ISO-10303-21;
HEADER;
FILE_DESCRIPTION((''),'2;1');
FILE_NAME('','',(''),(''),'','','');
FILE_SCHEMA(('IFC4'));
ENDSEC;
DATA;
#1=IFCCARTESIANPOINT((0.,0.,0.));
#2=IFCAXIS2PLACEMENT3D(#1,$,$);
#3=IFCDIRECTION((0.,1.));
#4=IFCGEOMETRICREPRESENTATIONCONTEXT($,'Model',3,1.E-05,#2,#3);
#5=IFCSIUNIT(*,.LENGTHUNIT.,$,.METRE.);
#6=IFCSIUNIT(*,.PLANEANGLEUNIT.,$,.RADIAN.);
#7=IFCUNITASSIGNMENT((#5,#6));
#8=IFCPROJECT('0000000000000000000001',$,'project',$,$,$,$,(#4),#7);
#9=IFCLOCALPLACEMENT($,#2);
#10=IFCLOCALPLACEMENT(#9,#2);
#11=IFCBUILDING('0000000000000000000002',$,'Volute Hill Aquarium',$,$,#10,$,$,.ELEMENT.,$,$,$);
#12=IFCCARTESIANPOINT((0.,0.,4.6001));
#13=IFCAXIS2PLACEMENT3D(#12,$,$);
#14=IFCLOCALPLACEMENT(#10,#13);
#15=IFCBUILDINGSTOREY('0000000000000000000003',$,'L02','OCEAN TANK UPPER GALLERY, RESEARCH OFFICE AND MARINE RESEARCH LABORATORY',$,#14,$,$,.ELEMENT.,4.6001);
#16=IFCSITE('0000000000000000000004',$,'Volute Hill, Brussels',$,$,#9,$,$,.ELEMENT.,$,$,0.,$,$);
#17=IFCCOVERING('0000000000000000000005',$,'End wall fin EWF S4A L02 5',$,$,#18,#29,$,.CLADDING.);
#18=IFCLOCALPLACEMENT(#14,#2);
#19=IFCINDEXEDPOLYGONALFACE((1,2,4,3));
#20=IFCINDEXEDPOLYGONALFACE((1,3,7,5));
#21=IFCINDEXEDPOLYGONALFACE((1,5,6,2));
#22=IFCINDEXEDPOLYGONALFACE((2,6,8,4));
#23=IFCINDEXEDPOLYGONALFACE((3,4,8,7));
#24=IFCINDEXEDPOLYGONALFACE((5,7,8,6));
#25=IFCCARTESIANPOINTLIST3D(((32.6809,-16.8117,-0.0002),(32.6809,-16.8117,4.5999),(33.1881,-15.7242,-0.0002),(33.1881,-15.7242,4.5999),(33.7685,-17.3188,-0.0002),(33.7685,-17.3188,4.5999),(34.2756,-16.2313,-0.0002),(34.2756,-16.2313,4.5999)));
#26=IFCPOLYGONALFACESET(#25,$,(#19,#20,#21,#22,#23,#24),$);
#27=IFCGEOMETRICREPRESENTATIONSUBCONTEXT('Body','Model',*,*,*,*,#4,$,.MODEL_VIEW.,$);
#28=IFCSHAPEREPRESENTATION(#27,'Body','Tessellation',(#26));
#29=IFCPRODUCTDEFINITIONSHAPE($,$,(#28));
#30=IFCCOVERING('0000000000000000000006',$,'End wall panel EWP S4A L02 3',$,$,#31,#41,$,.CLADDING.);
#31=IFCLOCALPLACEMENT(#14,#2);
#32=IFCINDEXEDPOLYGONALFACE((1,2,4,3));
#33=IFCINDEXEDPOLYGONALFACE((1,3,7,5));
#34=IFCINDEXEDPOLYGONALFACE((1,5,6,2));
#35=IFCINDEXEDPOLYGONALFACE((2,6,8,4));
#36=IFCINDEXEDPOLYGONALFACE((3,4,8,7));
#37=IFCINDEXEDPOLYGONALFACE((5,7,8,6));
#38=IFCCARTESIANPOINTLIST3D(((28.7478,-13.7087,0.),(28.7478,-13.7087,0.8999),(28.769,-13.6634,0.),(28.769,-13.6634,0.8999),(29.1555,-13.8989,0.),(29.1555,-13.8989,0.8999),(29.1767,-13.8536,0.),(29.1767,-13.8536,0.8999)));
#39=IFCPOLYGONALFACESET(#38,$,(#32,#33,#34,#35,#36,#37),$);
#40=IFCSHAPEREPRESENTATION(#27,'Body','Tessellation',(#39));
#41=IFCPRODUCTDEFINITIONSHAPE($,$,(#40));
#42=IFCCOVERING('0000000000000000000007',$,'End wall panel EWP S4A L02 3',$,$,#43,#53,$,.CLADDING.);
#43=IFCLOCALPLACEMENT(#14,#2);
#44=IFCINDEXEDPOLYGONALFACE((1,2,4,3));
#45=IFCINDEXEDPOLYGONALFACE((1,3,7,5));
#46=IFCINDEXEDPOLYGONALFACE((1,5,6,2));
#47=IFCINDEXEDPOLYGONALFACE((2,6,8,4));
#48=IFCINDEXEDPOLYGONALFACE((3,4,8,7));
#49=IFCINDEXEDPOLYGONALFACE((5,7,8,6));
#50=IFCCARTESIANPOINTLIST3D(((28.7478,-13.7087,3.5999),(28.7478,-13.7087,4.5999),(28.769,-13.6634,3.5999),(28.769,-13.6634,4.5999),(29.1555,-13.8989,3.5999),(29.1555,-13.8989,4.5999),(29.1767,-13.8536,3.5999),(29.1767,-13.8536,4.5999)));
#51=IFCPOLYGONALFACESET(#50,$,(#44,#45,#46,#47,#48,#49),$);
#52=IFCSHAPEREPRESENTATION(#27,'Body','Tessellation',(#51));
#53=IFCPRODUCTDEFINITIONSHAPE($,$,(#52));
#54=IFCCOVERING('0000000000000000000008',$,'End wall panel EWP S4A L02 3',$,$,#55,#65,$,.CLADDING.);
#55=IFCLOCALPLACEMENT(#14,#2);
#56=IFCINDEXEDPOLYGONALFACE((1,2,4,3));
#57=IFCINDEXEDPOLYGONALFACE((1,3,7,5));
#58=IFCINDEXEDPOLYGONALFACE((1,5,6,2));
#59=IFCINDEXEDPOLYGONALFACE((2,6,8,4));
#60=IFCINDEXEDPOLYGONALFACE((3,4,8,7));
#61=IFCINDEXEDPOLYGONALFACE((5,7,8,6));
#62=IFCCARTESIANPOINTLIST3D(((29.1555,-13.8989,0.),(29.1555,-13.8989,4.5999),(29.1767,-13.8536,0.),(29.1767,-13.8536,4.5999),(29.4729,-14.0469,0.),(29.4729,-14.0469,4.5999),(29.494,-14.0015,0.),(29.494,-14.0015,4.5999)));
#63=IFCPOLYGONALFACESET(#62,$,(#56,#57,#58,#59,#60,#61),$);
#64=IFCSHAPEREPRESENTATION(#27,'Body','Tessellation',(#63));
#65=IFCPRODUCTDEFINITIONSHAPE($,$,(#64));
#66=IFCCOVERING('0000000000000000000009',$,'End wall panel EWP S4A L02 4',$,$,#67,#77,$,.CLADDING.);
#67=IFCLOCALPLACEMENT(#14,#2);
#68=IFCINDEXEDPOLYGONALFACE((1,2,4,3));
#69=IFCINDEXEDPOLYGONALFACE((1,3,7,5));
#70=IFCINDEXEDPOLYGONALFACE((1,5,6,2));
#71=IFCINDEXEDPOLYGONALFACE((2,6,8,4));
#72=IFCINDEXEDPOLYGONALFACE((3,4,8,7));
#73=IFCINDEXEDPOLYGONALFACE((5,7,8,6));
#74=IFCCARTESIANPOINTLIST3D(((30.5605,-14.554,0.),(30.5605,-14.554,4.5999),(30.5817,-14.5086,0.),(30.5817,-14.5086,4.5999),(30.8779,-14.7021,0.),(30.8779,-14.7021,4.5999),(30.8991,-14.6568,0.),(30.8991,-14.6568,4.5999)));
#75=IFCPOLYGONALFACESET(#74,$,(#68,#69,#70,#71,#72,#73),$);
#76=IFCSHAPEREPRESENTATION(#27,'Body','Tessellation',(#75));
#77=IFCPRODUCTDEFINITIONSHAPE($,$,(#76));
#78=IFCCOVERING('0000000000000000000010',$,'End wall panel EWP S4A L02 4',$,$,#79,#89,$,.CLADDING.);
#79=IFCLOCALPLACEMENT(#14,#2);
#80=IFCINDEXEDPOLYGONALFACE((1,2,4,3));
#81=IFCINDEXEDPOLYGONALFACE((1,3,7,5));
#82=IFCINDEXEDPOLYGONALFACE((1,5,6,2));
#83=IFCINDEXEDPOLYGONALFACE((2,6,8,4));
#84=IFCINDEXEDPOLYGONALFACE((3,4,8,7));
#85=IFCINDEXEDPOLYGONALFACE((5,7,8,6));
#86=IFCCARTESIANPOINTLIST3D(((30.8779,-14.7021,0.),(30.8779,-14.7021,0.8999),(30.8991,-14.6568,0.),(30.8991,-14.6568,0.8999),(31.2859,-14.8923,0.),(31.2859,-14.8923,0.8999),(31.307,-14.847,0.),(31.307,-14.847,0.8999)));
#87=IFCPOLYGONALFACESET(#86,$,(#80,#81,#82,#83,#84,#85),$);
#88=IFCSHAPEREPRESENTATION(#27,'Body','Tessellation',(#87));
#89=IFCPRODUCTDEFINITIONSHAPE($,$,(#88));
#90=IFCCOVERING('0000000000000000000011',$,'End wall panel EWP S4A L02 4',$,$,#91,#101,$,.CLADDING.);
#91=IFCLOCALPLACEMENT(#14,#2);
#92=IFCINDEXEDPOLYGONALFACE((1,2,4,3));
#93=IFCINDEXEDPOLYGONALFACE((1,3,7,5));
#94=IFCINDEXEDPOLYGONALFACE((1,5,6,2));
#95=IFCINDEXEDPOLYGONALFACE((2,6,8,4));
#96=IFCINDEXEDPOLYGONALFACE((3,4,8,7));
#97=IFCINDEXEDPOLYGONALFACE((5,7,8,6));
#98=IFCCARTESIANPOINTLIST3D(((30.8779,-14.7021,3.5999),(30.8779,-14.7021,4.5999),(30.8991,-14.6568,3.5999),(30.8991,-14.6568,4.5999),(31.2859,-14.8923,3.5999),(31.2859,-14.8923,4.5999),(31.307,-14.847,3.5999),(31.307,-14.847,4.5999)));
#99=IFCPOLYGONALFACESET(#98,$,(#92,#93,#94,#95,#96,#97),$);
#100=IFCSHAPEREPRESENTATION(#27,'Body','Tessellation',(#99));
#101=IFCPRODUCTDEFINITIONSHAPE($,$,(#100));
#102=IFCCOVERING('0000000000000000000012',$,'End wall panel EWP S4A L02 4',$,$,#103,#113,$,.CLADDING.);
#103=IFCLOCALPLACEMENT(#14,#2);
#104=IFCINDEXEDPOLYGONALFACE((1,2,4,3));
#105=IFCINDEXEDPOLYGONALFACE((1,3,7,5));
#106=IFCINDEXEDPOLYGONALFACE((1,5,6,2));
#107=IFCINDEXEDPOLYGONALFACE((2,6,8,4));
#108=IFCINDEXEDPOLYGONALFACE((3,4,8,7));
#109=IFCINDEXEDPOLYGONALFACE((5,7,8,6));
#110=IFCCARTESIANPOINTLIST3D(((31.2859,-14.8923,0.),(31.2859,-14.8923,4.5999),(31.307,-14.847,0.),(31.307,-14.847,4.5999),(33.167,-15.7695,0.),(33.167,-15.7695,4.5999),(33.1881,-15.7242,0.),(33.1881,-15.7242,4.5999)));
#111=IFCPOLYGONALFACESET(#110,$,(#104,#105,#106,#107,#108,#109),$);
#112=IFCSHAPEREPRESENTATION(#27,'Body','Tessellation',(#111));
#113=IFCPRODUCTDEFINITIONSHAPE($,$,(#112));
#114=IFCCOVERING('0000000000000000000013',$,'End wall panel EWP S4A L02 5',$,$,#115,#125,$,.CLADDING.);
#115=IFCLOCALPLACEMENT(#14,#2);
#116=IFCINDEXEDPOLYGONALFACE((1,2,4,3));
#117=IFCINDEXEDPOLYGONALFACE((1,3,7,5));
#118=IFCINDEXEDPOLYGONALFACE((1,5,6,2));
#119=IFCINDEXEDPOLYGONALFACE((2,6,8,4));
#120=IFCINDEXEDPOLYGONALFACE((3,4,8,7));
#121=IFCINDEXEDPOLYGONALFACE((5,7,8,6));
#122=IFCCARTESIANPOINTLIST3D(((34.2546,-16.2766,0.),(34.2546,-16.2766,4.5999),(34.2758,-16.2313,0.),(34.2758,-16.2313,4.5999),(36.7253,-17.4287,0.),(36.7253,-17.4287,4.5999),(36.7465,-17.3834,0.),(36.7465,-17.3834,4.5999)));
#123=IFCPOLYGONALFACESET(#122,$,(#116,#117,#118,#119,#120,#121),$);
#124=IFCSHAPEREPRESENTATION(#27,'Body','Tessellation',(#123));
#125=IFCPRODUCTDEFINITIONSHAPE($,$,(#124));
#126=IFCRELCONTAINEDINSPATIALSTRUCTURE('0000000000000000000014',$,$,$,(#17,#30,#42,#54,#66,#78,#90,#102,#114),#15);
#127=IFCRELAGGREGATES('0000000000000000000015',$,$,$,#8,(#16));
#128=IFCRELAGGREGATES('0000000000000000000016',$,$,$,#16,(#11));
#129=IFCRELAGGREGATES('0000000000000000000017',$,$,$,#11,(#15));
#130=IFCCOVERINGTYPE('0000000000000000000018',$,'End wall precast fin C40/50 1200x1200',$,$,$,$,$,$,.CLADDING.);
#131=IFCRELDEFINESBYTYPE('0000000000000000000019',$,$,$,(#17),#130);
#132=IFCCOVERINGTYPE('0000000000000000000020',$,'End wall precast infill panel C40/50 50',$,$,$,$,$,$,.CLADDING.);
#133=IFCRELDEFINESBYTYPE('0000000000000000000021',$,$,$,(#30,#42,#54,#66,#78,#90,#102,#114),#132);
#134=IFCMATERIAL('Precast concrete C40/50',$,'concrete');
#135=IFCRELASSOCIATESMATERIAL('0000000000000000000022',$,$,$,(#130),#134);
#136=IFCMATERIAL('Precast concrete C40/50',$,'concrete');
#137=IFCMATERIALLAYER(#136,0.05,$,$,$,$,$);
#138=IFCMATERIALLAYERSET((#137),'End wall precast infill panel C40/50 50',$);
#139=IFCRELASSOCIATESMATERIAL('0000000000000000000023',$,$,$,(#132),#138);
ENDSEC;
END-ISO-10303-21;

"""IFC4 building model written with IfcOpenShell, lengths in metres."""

from ifc_helpers import new_model, si_unit, direction, frame, origin, origin_2d, place, context, subcontext, project, spatial, polyline, rectangle, outline, extrude, material, layer, layer_set, type_object, element, save


model = new_model("IFC4")

# Units and contexts
model_context = context("Model", 3, precision=1e-05, world=origin(), true_north=direction((0.0, 1.0)))
body_context = subcontext(model_context, "Body", "Model", "MODEL_VIEW")
ifc_project = project(units=[si_unit("LENGTHUNIT", "METRE"), si_unit("PLANEANGLEUNIT", "RADIAN")], contexts=[model_context])

# Site, building, storey
site_placement = place(None, origin())
site = spatial("IfcSite", under=ifc_project, at=site_placement, Name="Volute Hill, Brussels", CompositionType="ELEMENT", RefElevation=0.0)
building_placement = place(site_placement, origin())
building = spatial("IfcBuilding", under=site, at=building_placement, Name="Volute Hill Aquarium", CompositionType="ELEMENT")
storey_placement = place(building_placement, frame((0.0, 0.0, 4.6001)))
storey = spatial("IfcBuildingStorey", under=building, at=storey_placement, Name="L02", Description="OCEAN TANK UPPER GALLERY, RESEARCH OFFICE AND MARINE RESEARCH LABORATORY", CompositionType="ELEMENT", Elevation=4.6001)

# Coverings
ifc_material_1 = material(Name="Precast concrete C40/50", Category="concrete")
covering_type_1 = type_object("IfcCoveringType", Name="End wall precast fin C40/50 1200x1200", PredefinedType="CLADDING", material=ifc_material_1)
for number, where, z_axis, x_axis, name in (
    (1, (33.4783, -16.5215, -0.0002), (0.0, 0.0, 1.0), (0.906309, -0.422616, 0.0), "End wall fin EWF S4A L02 5"),
):
    element("IfcCovering", number, at=place(storey_placement, frame(where, z_axis=z_axis, x_axis=x_axis)), inside=storey, type_object=covering_type_1, Name=name, PredefinedType="CLADDING", context=body_context, shape_type="SweptSolid", body=[
        extrude(rectangle(XDim=1.2, YDim=1.2, at=origin_2d()), origin(), (0.0, 0.0, 1.0), 4.6001),
    ])
ifc_material_2 = material(Name="Precast concrete C40/50", Category="concrete")
ifc_layer_1 = layer(ifc_material_2, 0.05)
ifc_layer_set_1 = layer_set([ifc_layer_1], Name="End wall precast infill panel C40/50 50")
covering_type_2 = type_object("IfcCoveringType", Name="End wall precast infill panel C40/50 50", PredefinedType="CLADDING", material=ifc_layer_set_1)
covering_1_placement = place(storey_placement, frame((28.7478, -13.7087, 0.0), z_axis=(-0.422737, -0.906252, 0.0), x_axis=(0.906252, -0.422737, 0.0)))
element("IfcCovering", 2, at=covering_1_placement, inside=storey, type_object=covering_type_2, Name="End wall panel EWP S4A L02 3", PredefinedType="CLADDING", context=body_context, shape_type="SweptSolid", body=[
    extrude(outline(polyline([(0.0, 0.0), (0.4499, 0.0), (0.4499, 0.8999), (0.0, 0.8999), (0.0, 0.0)])), origin(), (0.0, 0.0, -1.0), 0.05),
])
covering_2_placement = place(storey_placement, frame((28.7478, -13.7087, 3.5999), z_axis=(-0.422737, -0.906252, 0.0), x_axis=(0.906252, -0.422737, 0.0)))
element("IfcCovering", 3, at=covering_2_placement, inside=storey, type_object=covering_type_2, Name="End wall panel EWP S4A L02 3", PredefinedType="CLADDING", context=body_context, shape_type="SweptSolid", body=[
    extrude(outline(polyline([(0.0, 0.0), (0.4499, 0.0), (0.4499, 1.0), (0.0, 1.0), (0.0, 0.0)])), origin(), (0.0, 0.0, -1.0), 0.05),
])
covering_3_placement = place(storey_placement, frame((29.1555, -13.8989, 0.0), z_axis=(-0.422504, -0.906361, 0.0), x_axis=(0.906361, -0.422504, 0.0)))
element("IfcCovering", 4, at=covering_3_placement, inside=storey, type_object=covering_type_2, Name="End wall panel EWP S4A L02 3", PredefinedType="CLADDING", context=body_context, shape_type="SweptSolid", body=[
    extrude(outline(polyline([(0.0, 0.0), (0.3502, 0.0), (0.3502, 4.5999), (0.0, 4.5999), (0.0, 0.0)])), origin(), (0.0, 0.0, -1.0), 0.05),
])
covering_4_placement = place(storey_placement, frame((30.5605, -14.554, 0.0), z_axis=(-0.423076, -0.906094, 0.0), x_axis=(0.906094, -0.423076, 0.0)))
element("IfcCovering", 5, at=covering_4_placement, inside=storey, type_object=covering_type_2, Name="End wall panel EWP S4A L02 4", PredefinedType="CLADDING", context=body_context, shape_type="SweptSolid", body=[
    extrude(outline(polyline([(0.0, 0.0), (0.3503, 0.0), (0.3503, 4.5999), (0.0, 4.5999), (0.0, 0.0)])), origin(), (0.0, 0.0, -1.0), 0.05),
])
covering_5_placement = place(storey_placement, frame((30.8779, -14.7021, 0.0), z_axis=(-0.422529, -0.906349, 0.0), x_axis=(0.906349, -0.422529, 0.0)))
element("IfcCovering", 6, at=covering_5_placement, inside=storey, type_object=covering_type_2, Name="End wall panel EWP S4A L02 4", PredefinedType="CLADDING", context=body_context, shape_type="SweptSolid", body=[
    extrude(outline(polyline([(0.0, 0.0), (0.4501, 0.0), (0.4501, 0.8999), (0.0, 0.8999), (0.0, 0.0)])), origin(), (0.0, 0.0, -1.0), 0.05),
])
covering_6_placement = place(storey_placement, frame((30.8779, -14.7021, 3.5999), z_axis=(-0.422529, -0.906349, 0.0), x_axis=(0.906349, -0.422529, 0.0)))
element("IfcCovering", 7, at=covering_6_placement, inside=storey, type_object=covering_type_2, Name="End wall panel EWP S4A L02 4", PredefinedType="CLADDING", context=body_context, shape_type="SweptSolid", body=[
    extrude(outline(polyline([(0.0, 0.0), (0.4501, 0.0), (0.4501, 1.0), (0.0, 1.0), (0.0, 0.0)])), origin(), (0.0, 0.0, -1.0), 0.05),
])
covering_7_placement = place(storey_placement, frame((31.2859, -14.8923, 0.0), z_axis=(-0.422628, -0.906303, 0.0), x_axis=(0.906303, -0.422628, 0.0)))
element("IfcCovering", 8, at=covering_7_placement, inside=storey, type_object=covering_type_2, Name="End wall panel EWP S4A L02 4", PredefinedType="CLADDING", context=body_context, shape_type="SweptSolid", body=[
    extrude(outline(polyline([(0.0, 0.0), (2.0756, 0.0), (2.0756, 4.5999), (0.0, 4.5999), (0.0, 0.0)])), origin(), (0.0, 0.0, -1.0), 0.05),
])
covering_8_placement = place(storey_placement, frame((34.2546, -16.2766, 0.0), z_axis=(-0.422616, -0.906309, 0.0), x_axis=(0.906309, -0.422616, 0.0)))
element("IfcCovering", 9, at=covering_8_placement, inside=storey, type_object=covering_type_2, Name="End wall panel EWP S4A L02 5", PredefinedType="CLADDING", context=body_context, shape_type="SweptSolid", body=[
    extrude(outline(polyline([(0.0, 0.0), (2.7261, 0.0), (2.7261, 4.5999), (0.0, 4.5999), (0.0, 0.0)])), origin(), (0.0, 0.0, -1.0), 0.05),
])

save(model, "model.ifc")
